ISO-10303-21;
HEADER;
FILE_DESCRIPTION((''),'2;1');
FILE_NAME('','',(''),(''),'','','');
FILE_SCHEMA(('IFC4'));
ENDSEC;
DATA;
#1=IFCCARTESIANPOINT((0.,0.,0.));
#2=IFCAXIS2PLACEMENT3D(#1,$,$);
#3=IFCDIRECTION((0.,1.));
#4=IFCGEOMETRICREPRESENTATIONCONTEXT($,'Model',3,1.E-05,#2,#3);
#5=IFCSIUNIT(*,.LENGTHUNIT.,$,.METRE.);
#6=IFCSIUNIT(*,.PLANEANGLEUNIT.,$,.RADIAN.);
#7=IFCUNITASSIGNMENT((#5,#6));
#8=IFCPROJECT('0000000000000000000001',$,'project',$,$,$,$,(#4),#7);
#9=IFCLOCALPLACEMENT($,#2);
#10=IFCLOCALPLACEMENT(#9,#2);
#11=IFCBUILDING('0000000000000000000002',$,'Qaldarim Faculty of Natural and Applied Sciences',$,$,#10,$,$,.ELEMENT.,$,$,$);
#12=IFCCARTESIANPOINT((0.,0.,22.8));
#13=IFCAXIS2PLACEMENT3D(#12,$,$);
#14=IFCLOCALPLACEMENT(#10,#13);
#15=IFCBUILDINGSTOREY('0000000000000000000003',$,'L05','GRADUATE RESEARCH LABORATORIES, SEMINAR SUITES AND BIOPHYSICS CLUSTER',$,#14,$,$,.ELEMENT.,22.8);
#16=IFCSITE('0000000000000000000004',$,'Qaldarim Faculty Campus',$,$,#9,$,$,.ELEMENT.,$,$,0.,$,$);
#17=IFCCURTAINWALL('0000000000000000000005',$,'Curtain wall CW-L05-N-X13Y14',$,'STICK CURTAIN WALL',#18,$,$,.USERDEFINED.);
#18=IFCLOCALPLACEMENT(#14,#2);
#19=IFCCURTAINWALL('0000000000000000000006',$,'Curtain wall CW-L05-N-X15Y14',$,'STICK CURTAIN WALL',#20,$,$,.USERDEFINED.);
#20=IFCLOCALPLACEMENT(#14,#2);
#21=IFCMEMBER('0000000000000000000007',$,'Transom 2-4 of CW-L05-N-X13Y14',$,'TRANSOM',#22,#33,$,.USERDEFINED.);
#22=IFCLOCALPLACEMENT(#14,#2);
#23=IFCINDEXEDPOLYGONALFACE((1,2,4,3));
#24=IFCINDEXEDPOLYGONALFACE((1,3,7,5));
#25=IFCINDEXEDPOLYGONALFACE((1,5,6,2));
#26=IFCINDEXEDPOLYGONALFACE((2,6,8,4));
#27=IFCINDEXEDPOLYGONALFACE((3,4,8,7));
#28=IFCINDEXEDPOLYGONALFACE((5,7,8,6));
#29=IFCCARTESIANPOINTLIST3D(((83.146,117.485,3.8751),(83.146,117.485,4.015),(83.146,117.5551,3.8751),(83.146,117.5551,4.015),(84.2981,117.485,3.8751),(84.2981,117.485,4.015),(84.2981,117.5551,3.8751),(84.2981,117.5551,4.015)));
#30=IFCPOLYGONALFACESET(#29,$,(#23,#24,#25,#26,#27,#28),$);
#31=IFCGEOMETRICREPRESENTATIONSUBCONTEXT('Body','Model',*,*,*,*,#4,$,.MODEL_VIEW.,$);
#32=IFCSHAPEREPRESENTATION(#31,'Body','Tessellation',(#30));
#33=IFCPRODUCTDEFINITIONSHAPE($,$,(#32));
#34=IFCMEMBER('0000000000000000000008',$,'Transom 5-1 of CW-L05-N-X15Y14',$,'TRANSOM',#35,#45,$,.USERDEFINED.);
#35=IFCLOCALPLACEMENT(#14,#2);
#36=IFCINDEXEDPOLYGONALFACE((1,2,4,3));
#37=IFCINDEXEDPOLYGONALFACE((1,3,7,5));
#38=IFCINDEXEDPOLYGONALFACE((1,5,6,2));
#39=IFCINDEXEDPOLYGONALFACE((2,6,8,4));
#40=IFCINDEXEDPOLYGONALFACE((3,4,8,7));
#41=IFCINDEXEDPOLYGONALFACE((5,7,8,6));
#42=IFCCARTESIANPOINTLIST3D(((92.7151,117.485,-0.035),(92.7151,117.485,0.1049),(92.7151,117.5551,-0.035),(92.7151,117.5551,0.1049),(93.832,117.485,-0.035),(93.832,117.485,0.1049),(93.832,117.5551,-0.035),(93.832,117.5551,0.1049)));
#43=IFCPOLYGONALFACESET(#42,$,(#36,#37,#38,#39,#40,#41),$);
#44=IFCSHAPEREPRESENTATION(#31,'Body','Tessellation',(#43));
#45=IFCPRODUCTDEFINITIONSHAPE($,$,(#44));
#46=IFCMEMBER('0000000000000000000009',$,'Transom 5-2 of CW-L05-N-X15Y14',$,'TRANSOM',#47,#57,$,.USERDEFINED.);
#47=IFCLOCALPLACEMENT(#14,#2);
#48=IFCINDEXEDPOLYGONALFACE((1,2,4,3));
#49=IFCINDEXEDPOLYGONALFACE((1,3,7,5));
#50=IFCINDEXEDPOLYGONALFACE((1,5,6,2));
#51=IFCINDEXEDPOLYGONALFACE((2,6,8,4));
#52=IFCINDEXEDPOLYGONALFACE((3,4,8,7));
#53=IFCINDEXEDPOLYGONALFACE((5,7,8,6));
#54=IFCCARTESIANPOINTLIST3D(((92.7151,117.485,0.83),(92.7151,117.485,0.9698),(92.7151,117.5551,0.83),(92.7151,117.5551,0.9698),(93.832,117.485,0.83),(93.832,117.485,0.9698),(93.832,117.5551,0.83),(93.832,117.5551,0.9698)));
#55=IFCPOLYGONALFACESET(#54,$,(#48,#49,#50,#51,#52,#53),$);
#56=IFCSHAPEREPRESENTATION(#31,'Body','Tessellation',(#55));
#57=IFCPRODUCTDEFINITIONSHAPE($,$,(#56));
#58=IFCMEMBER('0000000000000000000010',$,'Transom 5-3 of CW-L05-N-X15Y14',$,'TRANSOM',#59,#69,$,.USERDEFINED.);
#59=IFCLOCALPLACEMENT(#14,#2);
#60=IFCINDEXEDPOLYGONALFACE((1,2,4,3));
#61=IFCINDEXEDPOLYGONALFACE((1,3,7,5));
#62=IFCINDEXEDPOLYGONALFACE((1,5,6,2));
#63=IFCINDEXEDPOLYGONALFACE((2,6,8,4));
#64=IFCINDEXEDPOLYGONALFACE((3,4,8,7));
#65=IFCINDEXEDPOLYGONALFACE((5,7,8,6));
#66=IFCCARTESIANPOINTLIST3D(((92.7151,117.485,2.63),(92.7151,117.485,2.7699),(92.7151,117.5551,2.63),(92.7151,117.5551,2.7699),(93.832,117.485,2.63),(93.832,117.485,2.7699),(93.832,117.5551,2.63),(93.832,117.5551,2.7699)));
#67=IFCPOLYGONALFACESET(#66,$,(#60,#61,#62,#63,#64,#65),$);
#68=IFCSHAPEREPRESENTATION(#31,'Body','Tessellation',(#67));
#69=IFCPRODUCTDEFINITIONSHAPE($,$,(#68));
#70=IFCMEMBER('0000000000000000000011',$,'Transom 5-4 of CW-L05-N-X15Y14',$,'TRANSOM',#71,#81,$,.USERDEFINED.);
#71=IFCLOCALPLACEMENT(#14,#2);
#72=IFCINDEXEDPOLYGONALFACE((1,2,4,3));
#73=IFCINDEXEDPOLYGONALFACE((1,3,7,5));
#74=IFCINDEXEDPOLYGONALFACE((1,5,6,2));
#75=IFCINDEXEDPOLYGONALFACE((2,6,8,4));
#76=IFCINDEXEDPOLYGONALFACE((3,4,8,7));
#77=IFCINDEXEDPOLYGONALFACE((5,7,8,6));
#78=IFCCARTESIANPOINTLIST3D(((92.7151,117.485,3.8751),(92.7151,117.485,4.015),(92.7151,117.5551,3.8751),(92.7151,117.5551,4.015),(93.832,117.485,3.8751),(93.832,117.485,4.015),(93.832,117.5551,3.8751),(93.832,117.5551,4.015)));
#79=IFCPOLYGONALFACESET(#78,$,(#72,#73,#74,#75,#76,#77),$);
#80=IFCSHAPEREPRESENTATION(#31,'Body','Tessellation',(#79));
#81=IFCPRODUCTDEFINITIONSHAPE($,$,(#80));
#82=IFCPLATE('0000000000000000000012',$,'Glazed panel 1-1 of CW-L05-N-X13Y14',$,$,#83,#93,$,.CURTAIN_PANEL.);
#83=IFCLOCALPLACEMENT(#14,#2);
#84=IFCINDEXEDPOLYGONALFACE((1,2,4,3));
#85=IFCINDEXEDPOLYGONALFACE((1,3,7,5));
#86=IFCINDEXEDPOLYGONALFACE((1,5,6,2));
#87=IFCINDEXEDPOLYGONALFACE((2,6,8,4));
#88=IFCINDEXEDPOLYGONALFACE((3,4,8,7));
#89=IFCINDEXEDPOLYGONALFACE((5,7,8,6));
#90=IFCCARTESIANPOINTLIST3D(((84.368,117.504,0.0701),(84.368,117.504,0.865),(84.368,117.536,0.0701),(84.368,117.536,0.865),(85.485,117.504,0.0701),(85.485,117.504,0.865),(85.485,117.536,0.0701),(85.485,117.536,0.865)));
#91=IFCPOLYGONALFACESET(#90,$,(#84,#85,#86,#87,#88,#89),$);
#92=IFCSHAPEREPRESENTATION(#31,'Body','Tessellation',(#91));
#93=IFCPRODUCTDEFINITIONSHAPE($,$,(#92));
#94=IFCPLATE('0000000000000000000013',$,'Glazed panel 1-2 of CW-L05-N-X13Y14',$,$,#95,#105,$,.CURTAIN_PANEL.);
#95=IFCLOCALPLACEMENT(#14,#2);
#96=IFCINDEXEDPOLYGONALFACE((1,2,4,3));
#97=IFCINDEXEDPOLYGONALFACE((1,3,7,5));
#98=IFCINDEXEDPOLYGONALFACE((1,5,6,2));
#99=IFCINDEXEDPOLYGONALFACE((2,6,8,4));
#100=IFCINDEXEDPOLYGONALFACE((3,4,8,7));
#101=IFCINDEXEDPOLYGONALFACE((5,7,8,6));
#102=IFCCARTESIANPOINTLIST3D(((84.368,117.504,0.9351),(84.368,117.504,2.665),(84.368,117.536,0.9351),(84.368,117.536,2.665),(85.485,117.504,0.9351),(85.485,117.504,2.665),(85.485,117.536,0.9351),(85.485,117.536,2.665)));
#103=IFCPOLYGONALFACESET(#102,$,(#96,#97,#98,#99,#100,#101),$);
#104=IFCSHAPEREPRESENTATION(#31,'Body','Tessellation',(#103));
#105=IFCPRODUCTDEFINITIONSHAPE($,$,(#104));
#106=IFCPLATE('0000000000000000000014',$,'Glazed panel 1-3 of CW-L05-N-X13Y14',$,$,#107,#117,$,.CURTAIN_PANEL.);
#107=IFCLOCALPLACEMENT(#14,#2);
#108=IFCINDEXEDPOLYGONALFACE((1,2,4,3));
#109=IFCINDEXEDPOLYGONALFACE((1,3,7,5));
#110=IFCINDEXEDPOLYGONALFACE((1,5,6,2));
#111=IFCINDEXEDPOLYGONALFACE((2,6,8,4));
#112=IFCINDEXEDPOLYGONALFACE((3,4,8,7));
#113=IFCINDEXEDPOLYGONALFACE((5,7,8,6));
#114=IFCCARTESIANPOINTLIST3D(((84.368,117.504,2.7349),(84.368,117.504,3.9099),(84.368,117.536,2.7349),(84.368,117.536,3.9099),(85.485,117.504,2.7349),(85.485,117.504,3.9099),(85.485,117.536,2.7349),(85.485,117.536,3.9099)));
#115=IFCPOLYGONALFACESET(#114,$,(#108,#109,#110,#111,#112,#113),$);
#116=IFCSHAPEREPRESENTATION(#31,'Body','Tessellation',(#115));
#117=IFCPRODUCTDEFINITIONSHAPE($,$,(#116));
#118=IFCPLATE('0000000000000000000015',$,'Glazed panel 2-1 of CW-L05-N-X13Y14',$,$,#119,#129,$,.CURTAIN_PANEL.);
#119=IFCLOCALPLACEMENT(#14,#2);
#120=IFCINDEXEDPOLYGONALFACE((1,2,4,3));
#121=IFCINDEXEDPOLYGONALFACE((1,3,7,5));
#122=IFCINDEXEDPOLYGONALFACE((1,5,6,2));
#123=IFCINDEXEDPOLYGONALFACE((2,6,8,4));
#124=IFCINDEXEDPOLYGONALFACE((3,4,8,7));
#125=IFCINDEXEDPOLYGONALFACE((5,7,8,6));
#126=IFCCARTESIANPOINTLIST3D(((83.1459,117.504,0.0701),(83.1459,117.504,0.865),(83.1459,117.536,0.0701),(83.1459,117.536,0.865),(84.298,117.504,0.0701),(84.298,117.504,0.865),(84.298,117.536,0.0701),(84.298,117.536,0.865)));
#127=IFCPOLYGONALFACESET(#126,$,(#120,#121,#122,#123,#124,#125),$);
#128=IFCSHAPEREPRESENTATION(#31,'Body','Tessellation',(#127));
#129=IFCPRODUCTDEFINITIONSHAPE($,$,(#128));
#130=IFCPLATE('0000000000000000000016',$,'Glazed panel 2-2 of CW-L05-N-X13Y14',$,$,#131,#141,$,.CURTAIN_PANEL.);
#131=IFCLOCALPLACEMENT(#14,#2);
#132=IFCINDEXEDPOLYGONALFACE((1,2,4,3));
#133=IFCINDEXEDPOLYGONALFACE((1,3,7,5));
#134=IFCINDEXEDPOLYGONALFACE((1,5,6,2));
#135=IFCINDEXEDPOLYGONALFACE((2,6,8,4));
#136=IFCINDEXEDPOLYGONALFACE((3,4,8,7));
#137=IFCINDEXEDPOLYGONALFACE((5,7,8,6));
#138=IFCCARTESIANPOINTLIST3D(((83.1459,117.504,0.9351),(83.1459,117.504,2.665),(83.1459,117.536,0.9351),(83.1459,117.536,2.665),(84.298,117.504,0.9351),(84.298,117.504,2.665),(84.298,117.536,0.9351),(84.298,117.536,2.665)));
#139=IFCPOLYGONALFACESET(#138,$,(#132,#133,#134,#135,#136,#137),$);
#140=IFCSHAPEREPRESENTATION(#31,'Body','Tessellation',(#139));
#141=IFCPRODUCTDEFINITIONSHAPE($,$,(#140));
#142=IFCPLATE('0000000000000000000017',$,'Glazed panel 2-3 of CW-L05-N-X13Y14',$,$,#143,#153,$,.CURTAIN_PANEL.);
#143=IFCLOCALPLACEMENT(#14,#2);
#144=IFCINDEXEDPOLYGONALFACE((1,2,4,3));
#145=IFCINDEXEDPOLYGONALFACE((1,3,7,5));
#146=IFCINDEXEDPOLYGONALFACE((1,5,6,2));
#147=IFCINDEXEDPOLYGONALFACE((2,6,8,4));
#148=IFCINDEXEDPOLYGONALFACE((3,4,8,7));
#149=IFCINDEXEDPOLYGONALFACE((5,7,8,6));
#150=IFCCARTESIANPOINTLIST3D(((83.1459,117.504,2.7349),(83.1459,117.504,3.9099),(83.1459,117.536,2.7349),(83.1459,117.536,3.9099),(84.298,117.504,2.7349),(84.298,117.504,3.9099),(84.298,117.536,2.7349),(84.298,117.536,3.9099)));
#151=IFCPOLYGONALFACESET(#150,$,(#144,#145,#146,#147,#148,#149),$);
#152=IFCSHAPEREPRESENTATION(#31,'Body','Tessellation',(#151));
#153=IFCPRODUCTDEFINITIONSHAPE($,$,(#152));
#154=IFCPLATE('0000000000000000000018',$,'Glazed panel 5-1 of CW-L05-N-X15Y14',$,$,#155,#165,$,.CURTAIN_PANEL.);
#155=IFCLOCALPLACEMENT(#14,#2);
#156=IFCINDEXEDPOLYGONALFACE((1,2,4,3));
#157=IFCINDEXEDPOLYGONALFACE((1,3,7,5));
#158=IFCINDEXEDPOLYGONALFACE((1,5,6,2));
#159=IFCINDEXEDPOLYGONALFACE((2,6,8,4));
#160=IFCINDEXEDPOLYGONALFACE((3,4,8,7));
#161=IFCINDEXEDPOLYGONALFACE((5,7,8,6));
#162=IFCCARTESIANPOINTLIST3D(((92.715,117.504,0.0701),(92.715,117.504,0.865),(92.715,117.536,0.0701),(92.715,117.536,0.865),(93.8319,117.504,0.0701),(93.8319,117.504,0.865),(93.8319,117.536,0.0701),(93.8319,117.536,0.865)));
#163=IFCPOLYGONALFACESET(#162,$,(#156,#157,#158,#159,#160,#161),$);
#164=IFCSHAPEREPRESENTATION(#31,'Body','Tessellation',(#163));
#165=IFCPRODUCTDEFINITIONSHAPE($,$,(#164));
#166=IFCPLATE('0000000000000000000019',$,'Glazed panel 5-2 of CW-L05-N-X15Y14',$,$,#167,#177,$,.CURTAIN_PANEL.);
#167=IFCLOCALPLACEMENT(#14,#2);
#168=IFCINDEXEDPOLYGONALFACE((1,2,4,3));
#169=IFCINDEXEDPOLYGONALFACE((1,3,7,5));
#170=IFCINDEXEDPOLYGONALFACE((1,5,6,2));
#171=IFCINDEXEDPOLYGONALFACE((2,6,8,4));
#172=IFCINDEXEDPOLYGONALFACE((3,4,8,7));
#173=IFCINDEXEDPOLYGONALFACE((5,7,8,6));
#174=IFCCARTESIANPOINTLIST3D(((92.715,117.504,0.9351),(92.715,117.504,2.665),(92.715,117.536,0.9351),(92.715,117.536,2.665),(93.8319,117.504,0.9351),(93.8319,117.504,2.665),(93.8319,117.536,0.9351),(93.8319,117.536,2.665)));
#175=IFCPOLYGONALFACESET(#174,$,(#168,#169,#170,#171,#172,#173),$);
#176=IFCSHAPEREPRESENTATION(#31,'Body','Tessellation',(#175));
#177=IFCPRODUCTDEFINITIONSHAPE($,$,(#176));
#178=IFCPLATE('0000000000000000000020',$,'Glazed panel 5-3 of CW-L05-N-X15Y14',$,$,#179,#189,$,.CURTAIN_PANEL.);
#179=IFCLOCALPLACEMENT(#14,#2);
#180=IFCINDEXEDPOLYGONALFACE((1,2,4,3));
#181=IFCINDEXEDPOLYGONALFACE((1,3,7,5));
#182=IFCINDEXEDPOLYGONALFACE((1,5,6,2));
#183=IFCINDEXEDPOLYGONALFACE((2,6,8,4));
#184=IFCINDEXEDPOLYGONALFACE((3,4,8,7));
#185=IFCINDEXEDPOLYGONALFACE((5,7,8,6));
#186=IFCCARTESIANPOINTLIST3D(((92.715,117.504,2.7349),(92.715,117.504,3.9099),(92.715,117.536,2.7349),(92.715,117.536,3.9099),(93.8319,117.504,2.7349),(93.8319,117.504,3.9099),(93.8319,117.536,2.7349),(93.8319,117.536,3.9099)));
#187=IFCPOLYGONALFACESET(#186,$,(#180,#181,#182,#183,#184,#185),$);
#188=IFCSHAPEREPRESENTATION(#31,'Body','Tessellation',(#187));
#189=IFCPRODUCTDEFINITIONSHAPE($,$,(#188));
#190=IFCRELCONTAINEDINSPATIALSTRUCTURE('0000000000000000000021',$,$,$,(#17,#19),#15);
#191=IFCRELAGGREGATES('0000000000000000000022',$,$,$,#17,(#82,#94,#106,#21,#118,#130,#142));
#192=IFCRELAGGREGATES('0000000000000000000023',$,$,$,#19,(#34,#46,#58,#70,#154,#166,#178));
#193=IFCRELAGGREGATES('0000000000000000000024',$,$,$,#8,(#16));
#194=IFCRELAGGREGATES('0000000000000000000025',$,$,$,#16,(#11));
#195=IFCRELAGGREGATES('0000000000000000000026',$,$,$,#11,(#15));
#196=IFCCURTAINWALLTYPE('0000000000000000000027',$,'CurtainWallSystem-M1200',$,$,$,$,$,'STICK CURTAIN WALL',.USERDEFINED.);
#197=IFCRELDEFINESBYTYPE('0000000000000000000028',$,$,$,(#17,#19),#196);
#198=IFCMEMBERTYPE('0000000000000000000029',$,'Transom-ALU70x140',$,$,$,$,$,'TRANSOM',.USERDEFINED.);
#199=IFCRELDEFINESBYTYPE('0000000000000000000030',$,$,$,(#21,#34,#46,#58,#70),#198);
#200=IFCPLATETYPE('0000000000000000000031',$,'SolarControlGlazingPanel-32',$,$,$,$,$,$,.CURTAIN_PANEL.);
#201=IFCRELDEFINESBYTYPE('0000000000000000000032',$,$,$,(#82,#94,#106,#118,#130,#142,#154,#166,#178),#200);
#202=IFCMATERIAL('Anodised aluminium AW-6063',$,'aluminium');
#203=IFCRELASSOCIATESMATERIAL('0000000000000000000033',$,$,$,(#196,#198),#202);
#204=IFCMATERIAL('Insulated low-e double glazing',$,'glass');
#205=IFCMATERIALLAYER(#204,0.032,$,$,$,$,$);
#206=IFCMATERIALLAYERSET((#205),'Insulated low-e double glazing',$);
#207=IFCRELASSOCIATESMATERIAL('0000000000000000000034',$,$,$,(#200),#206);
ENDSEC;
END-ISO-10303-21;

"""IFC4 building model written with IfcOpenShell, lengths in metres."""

from ifc_helpers import new_model, si_unit, direction, frame, origin, origin_2d, place, context, subcontext, project, spatial, rectangle, extrude, material, layer, layer_set, material_profile, profile_set, type_object, element, aggregate, save


model = new_model("IFC4")

# Units and contexts
model_context = context("Model", 3, precision=1e-05, world=origin(), true_north=direction((0.0, 1.0)))
body_context = subcontext(model_context, "Body", "Model", "MODEL_VIEW")
ifc_project = project(units=[si_unit("LENGTHUNIT", "METRE"), si_unit("PLANEANGLEUNIT", "RADIAN")], contexts=[model_context])

# Site, building, storey
site_placement = place(None, origin())
site = spatial("IfcSite", under=ifc_project, at=site_placement, Name="Qaldarim Faculty Campus", CompositionType="ELEMENT", RefElevation=0.0)
building_placement = place(site_placement, origin())
building = spatial("IfcBuilding", under=site, at=building_placement, Name="Qaldarim Faculty of Natural and Applied Sciences", CompositionType="ELEMENT")
storey_placement = place(building_placement, frame((0.0, 0.0, 22.8)))
storey = spatial("IfcBuildingStorey", under=building, at=storey_placement, Name="L05", Description="GRADUATE RESEARCH LABORATORIES, SEMINAR SUITES AND BIOPHYSICS CLUSTER", CompositionType="ELEMENT", Elevation=22.8)

# Curtain wall
ifc_material_1 = material(Name="Anodised aluminium AW-6063", Category="aluminium")
curtain_wall_type = type_object("IfcCurtainWallType", Name="CurtainWallSystem-M1200", ElementType="STICK CURTAIN WALL", PredefinedType="USERDEFINED", material=ifc_material_1)
curtain_wall_1_placement = place(storey_placement, origin())
curtain_wall_1 = element("IfcCurtainWall", 1, at=curtain_wall_1_placement, inside=storey, type_object=curtain_wall_type, Name="Curtain wall CW-L05-N-X13Y14", ObjectType="STICK CURTAIN WALL", PredefinedType="USERDEFINED")

# Curtain wall
curtain_wall_2_placement = place(storey_placement, origin())
curtain_wall_2 = element("IfcCurtainWall", 2, at=curtain_wall_2_placement, inside=storey, type_object=curtain_wall_type, Name="Curtain wall CW-L05-N-X15Y14", ObjectType="STICK CURTAIN WALL", PredefinedType="USERDEFINED")

# Members
ifc_material_profile_1 = material_profile(ifc_material_1, rectangle(XDim=0.0701, YDim=0.1399, at=origin_2d()), Name="ALU-T70x140")
ifc_profile_set_1 = profile_set([ifc_material_profile_1], Name="Anodised aluminium AW-6063")
member_type_1 = type_object("IfcMemberType", Name="Transom-ALU70x140", ElementType="TRANSOM", PredefinedType="USERDEFINED", material=ifc_profile_set_1)
member_1_placement = place(storey_placement, frame((84.2981, 117.52, 3.9451), z_axis=(-1.0, 0.0, 0.0), x_axis=(0.0, -1.0, 0.0)))
member_1 = element("IfcMember", 3, at=member_1_placement, type_object=member_type_1, Name="Transom 2-4 of CW-L05-N-X13Y14", ObjectType="TRANSOM", PredefinedType="USERDEFINED", context=body_context, shape_type="SweptSolid", body=[
    extrude(rectangle(XDim=0.0701, YDim=0.1399, at=origin_2d()), origin(), (0.0, 0.0, 1.0), 1.1521),
])
member_2_placement = place(storey_placement, frame((93.832, 117.52, 0.0349), z_axis=(-1.0, 0.0, 0.0), x_axis=(0.0, -1.0, 0.0)))
member_2 = element("IfcMember", 4, at=member_2_placement, type_object=member_type_1, Name="Transom 5-1 of CW-L05-N-X15Y14", ObjectType="TRANSOM", PredefinedType="USERDEFINED", context=body_context, shape_type="SweptSolid", body=[
    extrude(rectangle(XDim=0.0701, YDim=0.1399, at=origin_2d()), origin(), (0.0, 0.0, 1.0), 1.1169),
])
member_3_placement = place(storey_placement, frame((93.832, 117.52, 0.8999), z_axis=(-1.0, 0.0, 0.0), x_axis=(0.0, -1.0, 0.0)))
member_3 = element("IfcMember", 5, at=member_3_placement, type_object=member_type_1, Name="Transom 5-2 of CW-L05-N-X15Y14", ObjectType="TRANSOM", PredefinedType="USERDEFINED", context=body_context, shape_type="SweptSolid", body=[
    extrude(rectangle(XDim=0.0701, YDim=0.1399, at=origin_2d()), origin(), (0.0, 0.0, 1.0), 1.1169),
])
member_4_placement = place(storey_placement, frame((93.832, 117.52, 2.7), z_axis=(-1.0, 0.0, 0.0), x_axis=(0.0, -1.0, 0.0)))
member_4 = element("IfcMember", 6, at=member_4_placement, type_object=member_type_1, Name="Transom 5-3 of CW-L05-N-X15Y14", ObjectType="TRANSOM", PredefinedType="USERDEFINED", context=body_context, shape_type="SweptSolid", body=[
    extrude(rectangle(XDim=0.0701, YDim=0.1399, at=origin_2d()), origin(), (0.0, 0.0, 1.0), 1.1169),
])
member_5_placement = place(storey_placement, frame((93.832, 117.52, 3.9451), z_axis=(-1.0, 0.0, 0.0), x_axis=(0.0, -1.0, 0.0)))
member_5 = element("IfcMember", 7, at=member_5_placement, type_object=member_type_1, Name="Transom 5-4 of CW-L05-N-X15Y14", ObjectType="TRANSOM", PredefinedType="USERDEFINED", context=body_context, shape_type="SweptSolid", body=[
    extrude(rectangle(XDim=0.0701, YDim=0.1399, at=origin_2d()), origin(), (0.0, 0.0, 1.0), 1.1169),
])

# Plates
ifc_material_2 = material(Name="Insulated low-e double glazing", Category="glass")
ifc_layer = layer(ifc_material_2, 0.032)
ifc_layer_set = layer_set([ifc_layer], Name="Insulated low-e double glazing")
plate_type = type_object("IfcPlateType", Name="SolarControlGlazingPanel-32", PredefinedType="CURTAIN_PANEL", material=ifc_layer_set)
plate_1_placement = place(storey_placement, frame((84.9265, 117.52, 0.0701), z_axis=(0.0, 0.0, 1.0), x_axis=(-1.0, 0.0, 0.0)))
plate_1 = element("IfcPlate", 8, at=plate_1_placement, type_object=plate_type, Name="Glazed panel 1-1 of CW-L05-N-X13Y14", PredefinedType="CURTAIN_PANEL", context=body_context, shape_type="SweptSolid", body=[
    extrude(rectangle(XDim=1.1169, YDim=0.032, at=origin_2d()), origin(), (0.0, 0.0, 1.0), 0.7949),
])
plate_2_placement = place(storey_placement, frame((84.9265, 117.52, 0.9351), z_axis=(0.0, 0.0, 1.0), x_axis=(-1.0, 0.0, 0.0)))
plate_2 = element("IfcPlate", 9, at=plate_2_placement, type_object=plate_type, Name="Glazed panel 1-2 of CW-L05-N-X13Y14", PredefinedType="CURTAIN_PANEL", context=body_context, shape_type="SweptSolid", body=[
    extrude(rectangle(XDim=1.1169, YDim=0.032, at=origin_2d()), origin(), (0.0, 0.0, 1.0), 1.73),
])
plate_3_placement = place(storey_placement, frame((84.9265, 117.52, 2.7349), z_axis=(0.0, 0.0, 1.0), x_axis=(-1.0, 0.0, 0.0)))
plate_3 = element("IfcPlate", 10, at=plate_3_placement, type_object=plate_type, Name="Glazed panel 1-3 of CW-L05-N-X13Y14", PredefinedType="CURTAIN_PANEL", context=body_context, shape_type="SweptSolid", body=[
    extrude(rectangle(XDim=1.1169, YDim=0.032, at=origin_2d()), origin(), (0.0, 0.0, 1.0), 1.175),
])
plate_4_placement = place(storey_placement, frame((83.7219, 117.52, 0.0701), z_axis=(0.0, 0.0, 1.0), x_axis=(-1.0, 0.0, 0.0)))
plate_4 = element("IfcPlate", 11, at=plate_4_placement, type_object=plate_type, Name="Glazed panel 2-1 of CW-L05-N-X13Y14", PredefinedType="CURTAIN_PANEL", context=body_context, shape_type="SweptSolid", body=[
    extrude(rectangle(XDim=1.1521, YDim=0.032, at=origin_2d()), origin(), (0.0, 0.0, 1.0), 0.7949),
])
plate_5_placement = place(storey_placement, frame((83.7219, 117.52, 0.9351), z_axis=(0.0, 0.0, 1.0), x_axis=(-1.0, 0.0, 0.0)))
plate_5 = element("IfcPlate", 12, at=plate_5_placement, type_object=plate_type, Name="Glazed panel 2-2 of CW-L05-N-X13Y14", PredefinedType="CURTAIN_PANEL", context=body_context, shape_type="SweptSolid", body=[
    extrude(rectangle(XDim=1.1521, YDim=0.032, at=origin_2d()), origin(), (0.0, 0.0, 1.0), 1.73),
])
plate_6_placement = place(storey_placement, frame((83.7219, 117.52, 2.7349), z_axis=(0.0, 0.0, 1.0), x_axis=(-1.0, 0.0, 0.0)))
plate_6 = element("IfcPlate", 13, at=plate_6_placement, type_object=plate_type, Name="Glazed panel 2-3 of CW-L05-N-X13Y14", PredefinedType="CURTAIN_PANEL", context=body_context, shape_type="SweptSolid", body=[
    extrude(rectangle(XDim=1.1521, YDim=0.032, at=origin_2d()), origin(), (0.0, 0.0, 1.0), 1.175),
])
aggregate(curtain_wall_1, [plate_1, plate_2, plate_3, member_1, plate_4, plate_5, plate_6])
plate_7_placement = place(storey_placement, frame((93.2734, 117.52, 0.0701), z_axis=(0.0, 0.0, 1.0), x_axis=(-1.0, 0.0, 0.0)))
plate_7 = element("IfcPlate", 14, at=plate_7_placement, type_object=plate_type, Name="Glazed panel 5-1 of CW-L05-N-X15Y14", PredefinedType="CURTAIN_PANEL", context=body_context, shape_type="SweptSolid", body=[
    extrude(rectangle(XDim=1.1169, YDim=0.032, at=origin_2d()), origin(), (0.0, 0.0, 1.0), 0.7949),
])
plate_8_placement = place(storey_placement, frame((93.2734, 117.52, 0.9351), z_axis=(0.0, 0.0, 1.0), x_axis=(-1.0, 0.0, 0.0)))
plate_8 = element("IfcPlate", 15, at=plate_8_placement, type_object=plate_type, Name="Glazed panel 5-2 of CW-L05-N-X15Y14", PredefinedType="CURTAIN_PANEL", context=body_context, shape_type="SweptSolid", body=[
    extrude(rectangle(XDim=1.1169, YDim=0.032, at=origin_2d()), origin(), (0.0, 0.0, 1.0), 1.73),
])
plate_9_placement = place(storey_placement, frame((93.2734, 117.52, 2.7349), z_axis=(0.0, 0.0, 1.0), x_axis=(-1.0, 0.0, 0.0)))
plate_9 = element("IfcPlate", 16, at=plate_9_placement, type_object=plate_type, Name="Glazed panel 5-3 of CW-L05-N-X15Y14", PredefinedType="CURTAIN_PANEL", context=body_context, shape_type="SweptSolid", body=[
    extrude(rectangle(XDim=1.1169, YDim=0.032, at=origin_2d()), origin(), (0.0, 0.0, 1.0), 1.175),
])
aggregate(curtain_wall_2, [member_2, member_3, member_4, member_5, plate_7, plate_8, plate_9])

save(model, "model.ifc")
